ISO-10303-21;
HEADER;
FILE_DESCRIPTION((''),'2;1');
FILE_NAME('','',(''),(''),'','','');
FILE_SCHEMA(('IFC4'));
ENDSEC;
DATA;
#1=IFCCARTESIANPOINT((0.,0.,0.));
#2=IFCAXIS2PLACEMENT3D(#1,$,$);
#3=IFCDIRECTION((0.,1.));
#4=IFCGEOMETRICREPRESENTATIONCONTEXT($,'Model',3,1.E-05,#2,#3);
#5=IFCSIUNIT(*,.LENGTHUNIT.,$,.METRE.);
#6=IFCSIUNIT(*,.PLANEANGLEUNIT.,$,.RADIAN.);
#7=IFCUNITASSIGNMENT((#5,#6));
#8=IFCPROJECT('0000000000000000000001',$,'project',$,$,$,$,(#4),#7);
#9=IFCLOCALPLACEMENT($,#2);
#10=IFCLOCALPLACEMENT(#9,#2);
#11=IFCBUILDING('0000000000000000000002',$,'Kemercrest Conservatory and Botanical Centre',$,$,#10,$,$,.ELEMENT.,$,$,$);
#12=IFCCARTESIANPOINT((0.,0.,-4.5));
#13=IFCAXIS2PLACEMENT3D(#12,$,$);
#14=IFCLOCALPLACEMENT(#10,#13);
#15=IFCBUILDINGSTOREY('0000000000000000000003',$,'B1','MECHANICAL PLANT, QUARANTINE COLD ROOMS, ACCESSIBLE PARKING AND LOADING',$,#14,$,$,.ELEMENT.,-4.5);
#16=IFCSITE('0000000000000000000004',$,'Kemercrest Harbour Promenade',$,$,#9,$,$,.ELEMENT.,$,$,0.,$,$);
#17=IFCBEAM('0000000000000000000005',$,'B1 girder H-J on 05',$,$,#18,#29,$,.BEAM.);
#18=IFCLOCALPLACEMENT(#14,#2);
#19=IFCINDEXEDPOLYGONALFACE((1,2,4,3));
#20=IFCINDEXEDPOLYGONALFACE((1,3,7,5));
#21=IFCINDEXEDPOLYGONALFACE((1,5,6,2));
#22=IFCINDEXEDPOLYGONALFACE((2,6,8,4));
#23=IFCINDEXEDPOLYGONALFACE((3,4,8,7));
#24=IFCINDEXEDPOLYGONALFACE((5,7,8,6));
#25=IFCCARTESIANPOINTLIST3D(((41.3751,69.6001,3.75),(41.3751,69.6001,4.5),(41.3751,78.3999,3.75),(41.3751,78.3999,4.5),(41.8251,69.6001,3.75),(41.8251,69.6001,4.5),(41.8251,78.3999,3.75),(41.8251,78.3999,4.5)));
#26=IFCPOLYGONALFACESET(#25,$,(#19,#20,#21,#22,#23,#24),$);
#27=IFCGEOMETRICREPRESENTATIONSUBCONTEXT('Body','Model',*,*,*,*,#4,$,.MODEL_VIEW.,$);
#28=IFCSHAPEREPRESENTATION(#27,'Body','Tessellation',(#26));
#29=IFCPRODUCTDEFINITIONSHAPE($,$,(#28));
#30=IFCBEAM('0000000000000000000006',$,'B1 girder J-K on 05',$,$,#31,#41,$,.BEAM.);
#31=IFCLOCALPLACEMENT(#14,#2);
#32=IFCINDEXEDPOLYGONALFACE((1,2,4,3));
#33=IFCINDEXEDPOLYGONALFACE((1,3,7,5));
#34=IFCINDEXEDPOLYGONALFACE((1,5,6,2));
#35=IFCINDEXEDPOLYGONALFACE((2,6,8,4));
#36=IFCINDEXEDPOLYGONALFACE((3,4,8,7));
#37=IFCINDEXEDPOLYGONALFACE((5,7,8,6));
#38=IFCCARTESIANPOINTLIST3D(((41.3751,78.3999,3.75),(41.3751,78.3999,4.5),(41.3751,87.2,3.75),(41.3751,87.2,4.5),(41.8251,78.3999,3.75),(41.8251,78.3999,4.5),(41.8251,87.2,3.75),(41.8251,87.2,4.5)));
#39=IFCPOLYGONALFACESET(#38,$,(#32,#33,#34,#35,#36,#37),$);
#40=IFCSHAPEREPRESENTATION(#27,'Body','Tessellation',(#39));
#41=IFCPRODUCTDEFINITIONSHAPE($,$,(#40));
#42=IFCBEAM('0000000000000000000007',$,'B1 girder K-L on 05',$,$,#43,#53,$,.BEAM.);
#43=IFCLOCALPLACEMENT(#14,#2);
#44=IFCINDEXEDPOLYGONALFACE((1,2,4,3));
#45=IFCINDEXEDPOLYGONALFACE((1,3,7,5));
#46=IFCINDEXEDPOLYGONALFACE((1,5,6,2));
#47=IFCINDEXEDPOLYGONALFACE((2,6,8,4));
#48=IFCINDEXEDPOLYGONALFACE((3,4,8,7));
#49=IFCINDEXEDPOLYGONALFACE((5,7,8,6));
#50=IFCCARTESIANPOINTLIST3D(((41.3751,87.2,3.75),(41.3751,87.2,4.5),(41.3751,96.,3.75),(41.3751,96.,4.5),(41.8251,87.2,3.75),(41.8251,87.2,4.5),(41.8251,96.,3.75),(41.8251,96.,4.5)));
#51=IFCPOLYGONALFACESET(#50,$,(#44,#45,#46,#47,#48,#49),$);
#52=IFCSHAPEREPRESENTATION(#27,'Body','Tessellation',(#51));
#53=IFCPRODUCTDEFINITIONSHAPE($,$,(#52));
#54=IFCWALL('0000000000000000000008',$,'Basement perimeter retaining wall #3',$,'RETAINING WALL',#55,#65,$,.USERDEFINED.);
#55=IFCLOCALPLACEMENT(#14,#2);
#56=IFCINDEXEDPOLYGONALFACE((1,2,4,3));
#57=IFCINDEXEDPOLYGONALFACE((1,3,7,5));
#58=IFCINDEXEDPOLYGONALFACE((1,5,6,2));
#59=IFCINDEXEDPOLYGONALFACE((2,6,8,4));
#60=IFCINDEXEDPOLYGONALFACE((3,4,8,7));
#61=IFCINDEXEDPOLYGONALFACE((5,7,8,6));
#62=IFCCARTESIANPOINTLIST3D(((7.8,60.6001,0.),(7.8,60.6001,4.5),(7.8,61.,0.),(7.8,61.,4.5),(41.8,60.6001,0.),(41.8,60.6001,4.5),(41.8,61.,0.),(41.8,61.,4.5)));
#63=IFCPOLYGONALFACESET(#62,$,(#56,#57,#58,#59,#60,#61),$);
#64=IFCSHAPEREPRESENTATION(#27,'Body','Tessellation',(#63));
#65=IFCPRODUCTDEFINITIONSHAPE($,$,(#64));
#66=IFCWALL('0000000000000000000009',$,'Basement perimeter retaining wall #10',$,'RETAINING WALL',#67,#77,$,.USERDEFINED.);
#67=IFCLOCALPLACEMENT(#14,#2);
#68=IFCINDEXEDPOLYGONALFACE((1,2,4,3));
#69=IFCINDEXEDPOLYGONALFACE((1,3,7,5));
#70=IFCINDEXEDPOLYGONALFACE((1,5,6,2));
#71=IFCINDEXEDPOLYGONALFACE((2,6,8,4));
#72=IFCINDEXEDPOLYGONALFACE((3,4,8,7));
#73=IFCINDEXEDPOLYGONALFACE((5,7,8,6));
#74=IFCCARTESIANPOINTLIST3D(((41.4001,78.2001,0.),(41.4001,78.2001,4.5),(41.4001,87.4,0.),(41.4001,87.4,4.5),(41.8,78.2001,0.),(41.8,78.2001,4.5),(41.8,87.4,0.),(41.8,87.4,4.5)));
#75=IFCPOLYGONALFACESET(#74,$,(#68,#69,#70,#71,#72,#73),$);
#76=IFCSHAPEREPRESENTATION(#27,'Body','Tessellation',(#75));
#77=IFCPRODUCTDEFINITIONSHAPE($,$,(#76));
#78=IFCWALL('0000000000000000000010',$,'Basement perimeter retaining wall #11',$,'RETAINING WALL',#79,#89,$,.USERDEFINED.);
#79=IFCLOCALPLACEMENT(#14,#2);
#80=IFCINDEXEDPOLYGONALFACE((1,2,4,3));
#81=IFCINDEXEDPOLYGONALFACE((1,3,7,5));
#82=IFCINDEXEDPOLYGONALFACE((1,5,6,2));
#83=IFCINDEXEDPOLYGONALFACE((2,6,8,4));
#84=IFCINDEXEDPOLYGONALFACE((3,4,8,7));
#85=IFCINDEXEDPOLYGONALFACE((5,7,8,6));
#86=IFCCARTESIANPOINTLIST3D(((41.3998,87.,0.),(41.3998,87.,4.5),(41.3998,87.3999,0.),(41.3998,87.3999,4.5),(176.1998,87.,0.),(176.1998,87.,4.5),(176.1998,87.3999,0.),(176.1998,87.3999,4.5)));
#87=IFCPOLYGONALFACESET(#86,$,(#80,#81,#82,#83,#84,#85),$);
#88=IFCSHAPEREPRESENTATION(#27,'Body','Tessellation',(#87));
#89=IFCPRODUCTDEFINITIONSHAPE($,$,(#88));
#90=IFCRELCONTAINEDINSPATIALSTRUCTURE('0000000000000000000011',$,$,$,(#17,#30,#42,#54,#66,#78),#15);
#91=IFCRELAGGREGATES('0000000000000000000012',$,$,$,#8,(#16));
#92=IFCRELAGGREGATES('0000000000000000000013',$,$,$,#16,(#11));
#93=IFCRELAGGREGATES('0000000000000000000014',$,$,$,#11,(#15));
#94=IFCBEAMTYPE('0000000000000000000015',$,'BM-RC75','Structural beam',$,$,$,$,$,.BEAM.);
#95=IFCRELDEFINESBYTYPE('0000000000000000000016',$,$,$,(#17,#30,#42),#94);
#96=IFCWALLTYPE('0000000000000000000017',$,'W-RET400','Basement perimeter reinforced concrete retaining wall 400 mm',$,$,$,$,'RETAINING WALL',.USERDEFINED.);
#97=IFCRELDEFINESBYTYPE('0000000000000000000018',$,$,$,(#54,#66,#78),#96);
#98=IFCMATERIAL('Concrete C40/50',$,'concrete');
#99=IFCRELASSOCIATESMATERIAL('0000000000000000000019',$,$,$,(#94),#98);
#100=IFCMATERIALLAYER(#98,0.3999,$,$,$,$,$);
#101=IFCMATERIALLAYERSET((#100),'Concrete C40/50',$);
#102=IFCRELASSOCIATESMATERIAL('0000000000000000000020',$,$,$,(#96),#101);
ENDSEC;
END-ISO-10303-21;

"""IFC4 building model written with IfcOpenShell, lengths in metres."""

from ifc_helpers import new_model, si_unit, direction, frame, frame_2d, origin, origin_2d, place, context, subcontext, project, spatial, rectangle, extrude, material, layer, layer_set, material_profile, profile_set, type_object, element, save


model = new_model("IFC4")

# Units and contexts
model_context = context("Model", 3, precision=1e-05, world=origin(), true_north=direction((0.0, 1.0)))
body_context = subcontext(model_context, "Body", "Model", "MODEL_VIEW")
ifc_project = project(units=[si_unit("LENGTHUNIT", "METRE"), si_unit("PLANEANGLEUNIT", "RADIAN")], contexts=[model_context])

# Site, building, storey
site_placement = place(None, origin())
site = spatial("IfcSite", under=ifc_project, at=site_placement, Name="Kemercrest Harbour Promenade", CompositionType="ELEMENT", RefElevation=0.0)
building_placement = place(site_placement, origin())
building = spatial("IfcBuilding", under=site, at=building_placement, Name="Kemercrest Conservatory and Botanical Centre", CompositionType="ELEMENT")
storey_placement = place(building_placement, frame((0.0, 0.0, -4.5)))
storey = spatial("IfcBuildingStorey", under=building, at=storey_placement, Name="B1", Description="MECHANICAL PLANT, QUARANTINE COLD ROOMS, ACCESSIBLE PARKING AND LOADING", CompositionType="ELEMENT", Elevation=-4.5)

# Shared definitions
ifc_material_1 = material(Name="Concrete C40/50", Category="concrete")

# Beams
ifc_material_profile_1 = material_profile(ifc_material_1, rectangle(XDim=0.45, YDim=0.75, at=origin_2d()), Name="RC 450x750")
ifc_profile_set_1 = profile_set([ifc_material_profile_1], Name="Concrete C40/50")
beam_type = type_object("IfcBeamType", Name="BM-RC75", Description="Structural beam", PredefinedType="BEAM", material=ifc_profile_set_1)
beam_1_placement = place(storey_placement, frame((41.6001, 69.6001, 4.125), z_axis=(0.0, 1.0, 0.0), x_axis=(-1.0, 0.0, 0.0)))
element("IfcBeam", 1, at=beam_1_placement, inside=storey, type_object=beam_type, Name="B1 girder H-J on 05", PredefinedType="BEAM", context=body_context, shape_type="SweptSolid", body=[
    extrude(rectangle(XDim=0.45, YDim=0.75, at=origin_2d()), origin(), (0.0, 0.0, 1.0), 8.7998),
])
for number, where, z_axis, x_axis, name in (
    (2, (41.6001, 78.3999, 4.125), (0.0, 1.0, 0.0), (-1.0, 0.0, 0.0), "B1 girder J-K on 05"),
    (3, (41.6001, 87.2, 4.125), (0.0, 1.0, 0.0), (-1.0, 0.0, 0.0), "B1 girder K-L on 05"),
):
    element("IfcBeam", number, at=place(storey_placement, frame(where, z_axis=z_axis, x_axis=x_axis)), inside=storey, type_object=beam_type, Name=name, PredefinedType="BEAM", context=body_context, shape_type="SweptSolid", body=[
        extrude(rectangle(XDim=0.45, YDim=0.75, at=origin_2d()), origin(), (0.0, 0.0, 1.0), 8.8),
    ])

# Walls
ifc_layer = layer(ifc_material_1, 0.3999)
ifc_layer_set = layer_set([ifc_layer], Name="Concrete C40/50")
wall_type = type_object("IfcWallType", Name="W-RET400", Description="Basement perimeter reinforced concrete retaining wall 400 mm", ElementType="RETAINING WALL", PredefinedType="USERDEFINED", material=ifc_layer_set)
wall_1_placement = place(storey_placement, frame((41.8, 60.8, 0.0), z_axis=(0.0, 0.0, 1.0), x_axis=(-1.0, 0.0, 0.0)))
element("IfcWall", 4, at=wall_1_placement, inside=storey, type_object=wall_type, Name="Basement perimeter retaining wall #3", ObjectType="RETAINING WALL", PredefinedType="USERDEFINED", context=body_context, shape_type="SweptSolid", body=[
    extrude(rectangle(XDim=34.0, YDim=0.3999, at=frame_2d((17.0, 0.0))), origin(), (0.0, 0.0, 1.0), 4.5),
])
wall_2_placement = place(storey_placement, frame((41.6001, 78.2, 0.0), z_axis=(0.0, 0.0, 1.0), x_axis=(0.0, 1.0, 0.0)))
element("IfcWall", 5, at=wall_2_placement, inside=storey, type_object=wall_type, Name="Basement perimeter retaining wall #10", ObjectType="RETAINING WALL", PredefinedType="USERDEFINED", context=body_context, shape_type="SweptSolid", body=[
    extrude(rectangle(XDim=9.2, YDim=0.3999, at=frame_2d((4.6001, 0.0))), origin(), (0.0, 0.0, 1.0), 4.5),
])
wall_3_placement = place(storey_placement, frame((41.3999, 87.2, 0.0), z_axis=(0.0, 0.0, 1.0), x_axis=(1.0, 0.0, 0.0)))
element("IfcWall", 6, at=wall_3_placement, inside=storey, type_object=wall_type, Name="Basement perimeter retaining wall #11", ObjectType="RETAINING WALL", PredefinedType="USERDEFINED", context=body_context, shape_type="SweptSolid", body=[
    extrude(rectangle(XDim=134.8, YDim=0.3999, at=frame_2d((67.3999, 0.0))), origin(), (0.0, 0.0, 1.0), 4.5),
])

save(model, "model.ifc")
